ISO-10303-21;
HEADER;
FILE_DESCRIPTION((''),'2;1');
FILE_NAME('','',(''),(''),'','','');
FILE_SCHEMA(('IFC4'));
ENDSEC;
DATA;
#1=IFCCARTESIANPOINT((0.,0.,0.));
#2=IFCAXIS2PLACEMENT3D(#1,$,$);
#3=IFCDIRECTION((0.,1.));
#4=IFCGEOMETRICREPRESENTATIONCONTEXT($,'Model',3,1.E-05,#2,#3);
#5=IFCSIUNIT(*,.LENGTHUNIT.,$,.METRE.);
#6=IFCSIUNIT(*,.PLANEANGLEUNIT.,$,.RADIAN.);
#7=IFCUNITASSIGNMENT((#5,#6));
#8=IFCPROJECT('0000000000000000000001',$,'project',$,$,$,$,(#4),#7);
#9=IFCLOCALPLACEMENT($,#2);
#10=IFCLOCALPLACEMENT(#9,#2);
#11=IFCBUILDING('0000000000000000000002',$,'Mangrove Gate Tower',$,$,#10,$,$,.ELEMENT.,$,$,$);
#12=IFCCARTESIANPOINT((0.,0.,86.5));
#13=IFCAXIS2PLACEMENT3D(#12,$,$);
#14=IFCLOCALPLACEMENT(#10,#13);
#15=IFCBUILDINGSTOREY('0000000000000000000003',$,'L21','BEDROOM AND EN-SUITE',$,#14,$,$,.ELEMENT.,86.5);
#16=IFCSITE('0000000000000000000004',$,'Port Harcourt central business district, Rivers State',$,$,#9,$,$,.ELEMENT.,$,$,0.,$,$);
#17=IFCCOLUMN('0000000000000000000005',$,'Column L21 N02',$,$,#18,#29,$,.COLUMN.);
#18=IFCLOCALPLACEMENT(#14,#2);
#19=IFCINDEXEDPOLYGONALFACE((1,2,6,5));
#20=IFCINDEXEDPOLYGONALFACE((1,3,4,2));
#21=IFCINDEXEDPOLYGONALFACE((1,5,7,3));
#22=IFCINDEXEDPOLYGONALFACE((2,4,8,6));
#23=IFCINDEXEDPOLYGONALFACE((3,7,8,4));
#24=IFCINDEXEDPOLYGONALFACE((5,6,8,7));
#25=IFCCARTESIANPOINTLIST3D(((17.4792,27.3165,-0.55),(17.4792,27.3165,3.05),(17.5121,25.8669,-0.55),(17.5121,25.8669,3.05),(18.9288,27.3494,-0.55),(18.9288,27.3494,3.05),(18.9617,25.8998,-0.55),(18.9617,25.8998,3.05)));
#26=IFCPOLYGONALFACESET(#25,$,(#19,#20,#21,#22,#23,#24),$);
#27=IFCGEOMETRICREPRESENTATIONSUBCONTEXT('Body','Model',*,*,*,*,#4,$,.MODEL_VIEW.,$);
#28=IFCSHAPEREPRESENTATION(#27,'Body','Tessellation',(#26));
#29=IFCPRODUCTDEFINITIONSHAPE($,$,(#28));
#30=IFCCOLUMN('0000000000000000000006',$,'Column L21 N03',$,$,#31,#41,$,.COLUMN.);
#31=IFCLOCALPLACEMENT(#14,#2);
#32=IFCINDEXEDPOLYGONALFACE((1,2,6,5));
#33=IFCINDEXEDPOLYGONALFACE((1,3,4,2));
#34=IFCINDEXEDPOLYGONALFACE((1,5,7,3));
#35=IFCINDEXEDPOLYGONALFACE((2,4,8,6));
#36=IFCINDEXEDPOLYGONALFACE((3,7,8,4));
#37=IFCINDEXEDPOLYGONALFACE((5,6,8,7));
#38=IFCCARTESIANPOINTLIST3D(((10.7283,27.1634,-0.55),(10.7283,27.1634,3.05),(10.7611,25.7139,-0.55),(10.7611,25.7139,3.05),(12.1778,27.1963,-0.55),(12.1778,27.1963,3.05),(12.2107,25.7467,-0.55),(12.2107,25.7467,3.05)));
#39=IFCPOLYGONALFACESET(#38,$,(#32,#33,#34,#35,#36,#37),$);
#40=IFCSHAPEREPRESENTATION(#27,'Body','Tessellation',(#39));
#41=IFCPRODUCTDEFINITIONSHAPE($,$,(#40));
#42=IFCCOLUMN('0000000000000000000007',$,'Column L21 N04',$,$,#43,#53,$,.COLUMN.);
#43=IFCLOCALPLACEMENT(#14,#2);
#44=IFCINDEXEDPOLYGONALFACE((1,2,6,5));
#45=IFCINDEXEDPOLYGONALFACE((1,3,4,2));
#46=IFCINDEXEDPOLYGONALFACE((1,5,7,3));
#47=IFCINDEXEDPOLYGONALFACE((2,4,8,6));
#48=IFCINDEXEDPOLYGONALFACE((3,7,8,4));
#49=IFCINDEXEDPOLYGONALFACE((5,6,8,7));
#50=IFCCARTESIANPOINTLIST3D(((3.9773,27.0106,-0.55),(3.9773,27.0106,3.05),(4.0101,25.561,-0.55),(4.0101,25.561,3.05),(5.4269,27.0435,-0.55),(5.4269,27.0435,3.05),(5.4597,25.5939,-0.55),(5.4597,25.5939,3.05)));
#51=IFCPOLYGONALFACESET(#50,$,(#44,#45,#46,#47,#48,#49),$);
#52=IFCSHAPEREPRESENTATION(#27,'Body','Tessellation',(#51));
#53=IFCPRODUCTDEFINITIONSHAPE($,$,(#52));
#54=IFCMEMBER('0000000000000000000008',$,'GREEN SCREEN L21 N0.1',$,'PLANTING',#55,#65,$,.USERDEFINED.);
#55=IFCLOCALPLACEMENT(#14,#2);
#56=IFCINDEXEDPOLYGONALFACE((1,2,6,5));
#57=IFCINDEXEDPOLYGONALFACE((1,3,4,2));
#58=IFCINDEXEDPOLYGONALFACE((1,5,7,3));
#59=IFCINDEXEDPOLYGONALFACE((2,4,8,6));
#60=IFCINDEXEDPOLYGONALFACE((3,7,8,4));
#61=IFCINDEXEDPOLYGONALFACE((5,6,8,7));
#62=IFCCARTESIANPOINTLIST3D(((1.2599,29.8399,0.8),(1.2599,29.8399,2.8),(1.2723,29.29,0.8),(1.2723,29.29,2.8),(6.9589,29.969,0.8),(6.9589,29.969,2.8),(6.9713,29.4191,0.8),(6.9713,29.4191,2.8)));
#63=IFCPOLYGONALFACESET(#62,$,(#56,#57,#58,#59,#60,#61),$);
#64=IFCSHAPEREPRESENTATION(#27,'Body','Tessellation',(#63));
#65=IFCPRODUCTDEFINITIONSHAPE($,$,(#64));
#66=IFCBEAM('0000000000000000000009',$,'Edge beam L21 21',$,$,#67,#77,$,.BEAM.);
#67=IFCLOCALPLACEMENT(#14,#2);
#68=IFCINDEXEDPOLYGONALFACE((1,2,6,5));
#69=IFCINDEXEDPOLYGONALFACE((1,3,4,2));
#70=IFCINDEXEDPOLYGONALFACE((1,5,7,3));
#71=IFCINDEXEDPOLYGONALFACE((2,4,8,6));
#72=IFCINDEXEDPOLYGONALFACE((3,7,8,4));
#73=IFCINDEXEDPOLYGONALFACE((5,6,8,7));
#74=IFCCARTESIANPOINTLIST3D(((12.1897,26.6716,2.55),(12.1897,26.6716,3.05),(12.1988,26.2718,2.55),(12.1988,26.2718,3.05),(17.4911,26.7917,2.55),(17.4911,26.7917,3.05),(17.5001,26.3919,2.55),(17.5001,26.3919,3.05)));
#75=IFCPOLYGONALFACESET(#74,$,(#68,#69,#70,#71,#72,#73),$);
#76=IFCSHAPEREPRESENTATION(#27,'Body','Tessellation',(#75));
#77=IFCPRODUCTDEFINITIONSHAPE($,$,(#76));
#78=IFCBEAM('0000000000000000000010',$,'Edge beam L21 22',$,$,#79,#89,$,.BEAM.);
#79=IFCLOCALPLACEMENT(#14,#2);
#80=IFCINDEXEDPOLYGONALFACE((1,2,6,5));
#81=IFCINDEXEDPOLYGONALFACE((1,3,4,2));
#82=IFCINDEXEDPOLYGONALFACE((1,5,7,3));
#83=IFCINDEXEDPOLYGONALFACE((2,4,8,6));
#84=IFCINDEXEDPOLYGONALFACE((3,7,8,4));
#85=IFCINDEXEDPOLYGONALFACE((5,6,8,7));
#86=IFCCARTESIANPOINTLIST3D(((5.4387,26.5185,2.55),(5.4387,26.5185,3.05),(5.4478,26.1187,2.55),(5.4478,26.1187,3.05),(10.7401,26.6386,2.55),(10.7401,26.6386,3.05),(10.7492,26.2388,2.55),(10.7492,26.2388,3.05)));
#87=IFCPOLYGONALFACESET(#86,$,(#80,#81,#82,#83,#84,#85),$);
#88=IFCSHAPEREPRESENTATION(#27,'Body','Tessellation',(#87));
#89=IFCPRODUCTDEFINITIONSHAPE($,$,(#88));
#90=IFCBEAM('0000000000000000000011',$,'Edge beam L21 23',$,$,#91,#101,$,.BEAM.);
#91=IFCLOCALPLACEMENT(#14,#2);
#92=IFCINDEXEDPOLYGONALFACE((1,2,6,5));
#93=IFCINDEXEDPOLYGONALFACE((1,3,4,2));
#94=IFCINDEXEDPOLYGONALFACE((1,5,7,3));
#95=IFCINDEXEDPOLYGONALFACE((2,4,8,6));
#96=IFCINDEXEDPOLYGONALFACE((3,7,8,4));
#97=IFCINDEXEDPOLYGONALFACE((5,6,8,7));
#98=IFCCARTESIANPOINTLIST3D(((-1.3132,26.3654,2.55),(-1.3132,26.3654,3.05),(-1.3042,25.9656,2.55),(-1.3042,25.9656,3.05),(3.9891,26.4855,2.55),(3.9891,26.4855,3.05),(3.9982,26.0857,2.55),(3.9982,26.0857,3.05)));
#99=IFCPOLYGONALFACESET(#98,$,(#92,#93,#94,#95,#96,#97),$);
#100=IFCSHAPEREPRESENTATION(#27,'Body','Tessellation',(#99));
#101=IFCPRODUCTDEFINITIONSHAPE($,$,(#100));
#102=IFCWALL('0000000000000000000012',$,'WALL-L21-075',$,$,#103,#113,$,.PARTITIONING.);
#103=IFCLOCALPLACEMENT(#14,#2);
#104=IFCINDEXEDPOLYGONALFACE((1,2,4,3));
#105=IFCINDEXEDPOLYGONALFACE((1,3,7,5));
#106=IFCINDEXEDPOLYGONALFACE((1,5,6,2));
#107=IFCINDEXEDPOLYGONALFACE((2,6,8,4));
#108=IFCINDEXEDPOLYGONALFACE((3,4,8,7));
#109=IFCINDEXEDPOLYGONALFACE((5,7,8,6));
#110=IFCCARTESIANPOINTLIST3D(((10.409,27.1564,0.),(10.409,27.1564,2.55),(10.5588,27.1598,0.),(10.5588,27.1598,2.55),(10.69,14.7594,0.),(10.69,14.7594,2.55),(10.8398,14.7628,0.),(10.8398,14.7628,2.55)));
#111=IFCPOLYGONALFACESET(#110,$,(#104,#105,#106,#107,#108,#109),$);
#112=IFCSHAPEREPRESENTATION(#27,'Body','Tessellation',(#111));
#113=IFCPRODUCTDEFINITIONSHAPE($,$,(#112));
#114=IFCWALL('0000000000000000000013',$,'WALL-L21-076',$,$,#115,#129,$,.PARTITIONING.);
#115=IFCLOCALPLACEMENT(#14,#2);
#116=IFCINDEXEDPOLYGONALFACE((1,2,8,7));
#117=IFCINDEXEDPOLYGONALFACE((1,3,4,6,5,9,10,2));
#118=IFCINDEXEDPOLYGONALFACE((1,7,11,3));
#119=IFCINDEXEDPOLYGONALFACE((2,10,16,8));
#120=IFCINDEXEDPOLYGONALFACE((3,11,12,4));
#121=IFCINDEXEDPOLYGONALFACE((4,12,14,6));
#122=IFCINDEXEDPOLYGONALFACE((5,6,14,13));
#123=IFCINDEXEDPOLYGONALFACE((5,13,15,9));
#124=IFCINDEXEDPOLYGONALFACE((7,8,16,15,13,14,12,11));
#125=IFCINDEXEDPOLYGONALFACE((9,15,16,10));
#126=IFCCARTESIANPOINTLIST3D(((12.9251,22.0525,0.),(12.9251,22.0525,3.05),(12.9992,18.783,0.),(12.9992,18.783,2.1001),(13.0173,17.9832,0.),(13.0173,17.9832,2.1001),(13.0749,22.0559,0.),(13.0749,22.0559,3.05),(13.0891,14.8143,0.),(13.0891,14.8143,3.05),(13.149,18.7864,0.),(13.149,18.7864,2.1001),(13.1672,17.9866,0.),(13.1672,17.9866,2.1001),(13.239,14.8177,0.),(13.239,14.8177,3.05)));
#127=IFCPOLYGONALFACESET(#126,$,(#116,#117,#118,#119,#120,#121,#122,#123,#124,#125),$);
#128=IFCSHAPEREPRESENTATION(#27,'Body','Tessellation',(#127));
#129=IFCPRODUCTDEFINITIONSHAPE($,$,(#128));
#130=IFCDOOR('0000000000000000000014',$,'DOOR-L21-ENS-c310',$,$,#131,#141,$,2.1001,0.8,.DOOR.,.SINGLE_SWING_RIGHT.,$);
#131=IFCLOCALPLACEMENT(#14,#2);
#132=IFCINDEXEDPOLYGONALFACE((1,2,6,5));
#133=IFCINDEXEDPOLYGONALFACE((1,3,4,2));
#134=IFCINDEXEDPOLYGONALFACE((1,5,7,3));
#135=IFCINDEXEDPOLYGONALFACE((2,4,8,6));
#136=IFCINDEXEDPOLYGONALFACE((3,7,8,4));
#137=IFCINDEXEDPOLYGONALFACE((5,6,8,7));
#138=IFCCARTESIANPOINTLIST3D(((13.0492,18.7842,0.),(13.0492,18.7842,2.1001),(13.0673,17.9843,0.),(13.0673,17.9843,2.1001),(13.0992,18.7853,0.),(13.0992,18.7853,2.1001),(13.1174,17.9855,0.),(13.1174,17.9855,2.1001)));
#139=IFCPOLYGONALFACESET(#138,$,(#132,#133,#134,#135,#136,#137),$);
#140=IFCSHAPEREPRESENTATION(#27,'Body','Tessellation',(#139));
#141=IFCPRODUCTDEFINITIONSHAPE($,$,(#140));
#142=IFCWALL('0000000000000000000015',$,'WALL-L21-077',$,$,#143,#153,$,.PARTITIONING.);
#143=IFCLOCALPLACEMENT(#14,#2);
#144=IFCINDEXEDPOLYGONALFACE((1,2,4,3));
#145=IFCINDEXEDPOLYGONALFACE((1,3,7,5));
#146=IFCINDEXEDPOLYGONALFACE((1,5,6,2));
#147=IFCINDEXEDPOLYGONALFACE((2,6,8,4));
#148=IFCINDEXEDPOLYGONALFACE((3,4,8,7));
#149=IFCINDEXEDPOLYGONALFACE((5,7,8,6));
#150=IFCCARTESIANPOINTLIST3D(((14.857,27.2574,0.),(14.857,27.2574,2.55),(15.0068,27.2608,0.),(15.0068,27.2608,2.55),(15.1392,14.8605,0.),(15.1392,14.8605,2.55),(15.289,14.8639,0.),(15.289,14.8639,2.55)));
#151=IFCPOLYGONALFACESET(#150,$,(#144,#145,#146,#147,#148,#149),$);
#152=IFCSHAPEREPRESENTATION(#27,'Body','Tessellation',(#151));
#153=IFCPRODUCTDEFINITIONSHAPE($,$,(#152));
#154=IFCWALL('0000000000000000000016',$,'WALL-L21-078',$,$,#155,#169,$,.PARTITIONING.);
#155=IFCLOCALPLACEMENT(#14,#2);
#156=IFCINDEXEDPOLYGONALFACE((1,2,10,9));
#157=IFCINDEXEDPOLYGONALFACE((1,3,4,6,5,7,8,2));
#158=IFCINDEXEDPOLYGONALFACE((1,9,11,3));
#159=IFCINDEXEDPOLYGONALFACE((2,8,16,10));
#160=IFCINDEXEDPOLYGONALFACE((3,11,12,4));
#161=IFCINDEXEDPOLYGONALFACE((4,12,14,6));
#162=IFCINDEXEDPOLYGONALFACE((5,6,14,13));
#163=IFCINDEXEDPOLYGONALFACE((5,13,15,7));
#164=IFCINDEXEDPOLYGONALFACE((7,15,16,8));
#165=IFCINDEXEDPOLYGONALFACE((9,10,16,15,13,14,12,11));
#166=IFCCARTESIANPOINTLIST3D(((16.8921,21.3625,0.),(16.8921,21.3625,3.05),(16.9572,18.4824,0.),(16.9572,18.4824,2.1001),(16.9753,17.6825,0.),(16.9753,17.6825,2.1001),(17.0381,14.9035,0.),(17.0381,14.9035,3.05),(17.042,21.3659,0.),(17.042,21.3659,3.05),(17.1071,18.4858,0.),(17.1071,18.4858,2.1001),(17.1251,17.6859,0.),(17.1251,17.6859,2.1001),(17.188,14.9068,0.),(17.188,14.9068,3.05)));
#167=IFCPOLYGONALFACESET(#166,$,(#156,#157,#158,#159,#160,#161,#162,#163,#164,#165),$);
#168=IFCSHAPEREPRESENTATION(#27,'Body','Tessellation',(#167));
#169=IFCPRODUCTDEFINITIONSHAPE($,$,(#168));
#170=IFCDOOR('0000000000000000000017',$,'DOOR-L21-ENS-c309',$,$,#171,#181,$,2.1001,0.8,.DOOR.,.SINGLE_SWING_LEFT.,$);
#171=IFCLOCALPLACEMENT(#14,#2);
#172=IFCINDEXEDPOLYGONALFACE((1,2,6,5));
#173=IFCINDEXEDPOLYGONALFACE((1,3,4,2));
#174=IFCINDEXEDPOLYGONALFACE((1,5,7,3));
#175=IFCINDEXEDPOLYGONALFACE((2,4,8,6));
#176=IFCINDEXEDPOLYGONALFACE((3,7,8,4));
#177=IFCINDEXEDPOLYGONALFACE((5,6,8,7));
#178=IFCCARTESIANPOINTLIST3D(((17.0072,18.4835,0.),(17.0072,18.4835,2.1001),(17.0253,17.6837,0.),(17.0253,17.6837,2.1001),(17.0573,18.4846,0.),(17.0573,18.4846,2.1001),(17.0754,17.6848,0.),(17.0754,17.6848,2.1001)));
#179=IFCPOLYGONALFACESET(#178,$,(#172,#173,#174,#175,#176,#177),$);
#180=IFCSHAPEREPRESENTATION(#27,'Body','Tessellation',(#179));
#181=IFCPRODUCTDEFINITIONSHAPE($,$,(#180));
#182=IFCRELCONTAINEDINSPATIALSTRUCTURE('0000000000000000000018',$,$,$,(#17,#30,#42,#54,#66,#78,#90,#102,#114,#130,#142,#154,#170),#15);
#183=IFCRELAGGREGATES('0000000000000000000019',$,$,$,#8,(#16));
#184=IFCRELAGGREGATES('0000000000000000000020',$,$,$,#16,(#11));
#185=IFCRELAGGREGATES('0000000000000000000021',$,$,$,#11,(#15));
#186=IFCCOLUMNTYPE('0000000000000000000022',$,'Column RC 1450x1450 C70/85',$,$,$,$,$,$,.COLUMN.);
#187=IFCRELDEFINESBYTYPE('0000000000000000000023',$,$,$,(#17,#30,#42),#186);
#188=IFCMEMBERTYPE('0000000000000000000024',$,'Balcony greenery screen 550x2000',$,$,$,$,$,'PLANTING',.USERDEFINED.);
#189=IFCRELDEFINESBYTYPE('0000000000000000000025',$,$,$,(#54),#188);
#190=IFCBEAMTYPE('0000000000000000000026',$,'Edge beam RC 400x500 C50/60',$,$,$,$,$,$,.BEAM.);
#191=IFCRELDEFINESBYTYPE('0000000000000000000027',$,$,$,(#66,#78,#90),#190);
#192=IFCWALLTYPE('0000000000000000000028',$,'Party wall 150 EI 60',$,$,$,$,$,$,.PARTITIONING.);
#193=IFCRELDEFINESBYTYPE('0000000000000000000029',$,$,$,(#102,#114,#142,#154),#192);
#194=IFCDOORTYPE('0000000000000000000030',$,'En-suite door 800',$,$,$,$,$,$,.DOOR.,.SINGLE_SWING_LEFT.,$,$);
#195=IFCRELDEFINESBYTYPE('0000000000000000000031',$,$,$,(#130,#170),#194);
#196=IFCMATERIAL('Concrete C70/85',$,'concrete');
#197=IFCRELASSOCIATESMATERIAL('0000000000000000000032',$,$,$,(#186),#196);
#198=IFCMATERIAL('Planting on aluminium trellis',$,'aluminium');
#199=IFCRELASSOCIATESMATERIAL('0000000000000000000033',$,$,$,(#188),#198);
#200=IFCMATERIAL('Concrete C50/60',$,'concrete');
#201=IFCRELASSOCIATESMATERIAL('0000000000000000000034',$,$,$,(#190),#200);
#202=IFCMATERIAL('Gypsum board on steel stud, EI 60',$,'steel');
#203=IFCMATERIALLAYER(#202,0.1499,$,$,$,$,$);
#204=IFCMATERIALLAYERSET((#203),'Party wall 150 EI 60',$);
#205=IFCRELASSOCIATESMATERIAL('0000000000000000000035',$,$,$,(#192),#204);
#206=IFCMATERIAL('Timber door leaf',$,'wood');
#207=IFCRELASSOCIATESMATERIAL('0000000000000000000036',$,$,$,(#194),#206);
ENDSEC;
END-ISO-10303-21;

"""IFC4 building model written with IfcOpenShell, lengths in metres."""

from ifc_helpers import new_model, si_unit, direction, frame, frame_2d, origin, origin_2d, place, context, subcontext, project, spatial, rectangle, extrude, material, layer, layer_set, material_profile, profile_set, type_object, element, fill, save


model = new_model("IFC4")

# Units and contexts
model_context = context("Model", 3, precision=1e-05, world=origin(), true_north=direction((0.0, 1.0)))
body_context = subcontext(model_context, "Body", "Model", "MODEL_VIEW")
ifc_project = project(units=[si_unit("LENGTHUNIT", "METRE"), si_unit("PLANEANGLEUNIT", "RADIAN")], contexts=[model_context])

# Site, building, storey
site_placement = place(None, origin())
site = spatial("IfcSite", under=ifc_project, at=site_placement, Name="Port Harcourt central business district, Rivers State", CompositionType="ELEMENT", RefElevation=0.0)
building_placement = place(site_placement, origin())
building = spatial("IfcBuilding", under=site, at=building_placement, Name="Mangrove Gate Tower", CompositionType="ELEMENT")
storey_placement = place(building_placement, frame((0.0, 0.0, 86.5)))
storey = spatial("IfcBuildingStorey", under=building, at=storey_placement, Name="L21", Description="BEDROOM AND EN-SUITE", CompositionType="ELEMENT", Elevation=86.5)

# Columns
ifc_material_1 = material(Name="Concrete C70/85", Category="concrete")
ifc_material_profile_1 = material_profile(ifc_material_1, rectangle(XDim=1.45, YDim=1.45, at=origin_2d()))
ifc_profile_set_1 = profile_set([ifc_material_profile_1], Name="Concrete C70/85")
column_type = type_object("IfcColumnType", Name="Column RC 1450x1450 C70/85", PredefinedType="COLUMN", material=ifc_profile_set_1)
for number, where, z_axis, x_axis, name in (
    (1, (18.2205, 26.6082, -0.55), (0.0, 0.0, 1.0), (-0.999742, -0.02273, 0.0), "Column L21 N02"),
    (2, (11.4695, 26.4551, -0.55), (0.0, 0.0, 1.0), (-0.999743, -0.022657, 0.0), "Column L21 N03"),
    (3, (4.7185, 26.3022, -0.55), (0.0, 0.0, 1.0), (-0.999743, -0.022656, 0.0), "Column L21 N04"),
):
    element("IfcColumn", number, at=place(storey_placement, frame(where, z_axis=z_axis, x_axis=x_axis)), inside=storey, type_object=column_type, Name=name, PredefinedType="COLUMN", context=body_context, shape_type="SweptSolid", body=[
        extrude(rectangle(XDim=1.45, YDim=1.45, at=origin_2d()), origin(), (0.0, 0.0, 1.0), 3.6001),
    ])

# Member
ifc_material_2 = material(Name="Planting on aluminium trellis", Category="aluminium")
ifc_material_profile_2 = material_profile(ifc_material_2, rectangle(XDim=0.55, YDim=2.0, at=origin_2d()))
ifc_profile_set_2 = profile_set([ifc_material_profile_2], Name="Planting on aluminium trellis")
member_type = type_object("IfcMemberType", Name="Balcony greenery screen 550x2000", ElementType="PLANTING", PredefinedType="USERDEFINED", material=ifc_profile_set_2)
member_placement = place(storey_placement, frame((1.2661, 29.5649, 1.8), z_axis=(0.999743, 0.022656, 0.0), x_axis=(-0.022656, 0.999743, 0.0)))
element("IfcMember", 4, at=member_placement, inside=storey, type_object=member_type, Name="GREEN SCREEN L21 N0.1", ObjectType="PLANTING", PredefinedType="USERDEFINED", context=body_context, shape_type="SweptSolid", body=[
    extrude(rectangle(XDim=0.55, YDim=2.0, at=origin_2d()), origin(), (0.0, 0.0, 1.0), 5.7004),
])

# Beams
ifc_material_3 = material(Name="Concrete C50/60", Category="concrete")
ifc_material_profile_3 = material_profile(ifc_material_3, rectangle(XDim=0.3999, YDim=0.5, at=origin_2d()))
ifc_profile_set_3 = profile_set([ifc_material_profile_3], Name="Concrete C50/60")
beam_type = type_object("IfcBeamType", Name="Edge beam RC 400x500 C50/60", PredefinedType="BEAM", material=ifc_profile_set_3)
for number, where, z_axis, x_axis, name in (
    (5, (17.4956, 26.5918, 2.8), (-0.999743, -0.022652, 0.0), (0.022652, -0.999743, 0.0), "Edge beam L21 21"),
    (6, (10.7446, 26.4387, 2.8), (-0.999743, -0.022652, 0.0), (0.022652, -0.999743, 0.0), "Edge beam L21 22"),
):
    element("IfcBeam", number, at=place(storey_placement, frame(where, z_axis=z_axis, x_axis=x_axis)), inside=storey, type_object=beam_type, Name=name, PredefinedType="BEAM", context=body_context, shape_type="SweptSolid", body=[
        extrude(rectangle(XDim=0.3999, YDim=0.5, at=origin_2d()), origin(), (0.0, 0.0, 1.0), 5.3027),
    ])
beam_placement = place(storey_placement, frame((3.9937, 26.2856, 2.8), z_axis=(-0.999743, -0.022648, 0.0), x_axis=(0.022648, -0.999743, 0.0)))
element("IfcBeam", 7, at=beam_placement, inside=storey, type_object=beam_type, Name="Edge beam L21 23", PredefinedType="BEAM", context=body_context, shape_type="SweptSolid", body=[
    extrude(rectangle(XDim=0.3999, YDim=0.5, at=origin_2d()), origin(), (0.0, 0.0, 1.0), 5.3037),
])

# Wall
ifc_material_4 = material(Name="Gypsum board on steel stud, EI 60", Category="steel")
ifc_layer_1 = layer(ifc_material_4, 0.1499)
ifc_layer_set_1 = layer_set([ifc_layer_1], Name="Party wall 150 EI 60")
wall_type_1 = type_object("IfcWallType", Name="Party wall 150 EI 60", PredefinedType="PARTITIONING", material=ifc_layer_set_1)
wall_1_placement = place(storey_placement, frame((10.7649, 14.761, 0.0), z_axis=(0.0, 0.0, 1.0), x_axis=(-0.022661, 0.999743, 0.0)))
element("IfcWall", 8, at=wall_1_placement, inside=storey, type_object=wall_type_1, Name="WALL-L21-075", PredefinedType="PARTITIONING", context=body_context, shape_type="SweptSolid", body=[
    extrude(rectangle(XDim=12.4001, YDim=0.1499, at=frame_2d((6.2002, 0.0))), origin(), (0.0, 0.0, 1.0), 2.55),
])

# Wall, opening, door
wall_2_placement = place(storey_placement, frame((13.1641, 14.8159, 0.0), z_axis=(0.0, 0.0, 1.0), x_axis=(-0.022661, 0.999743, 0.0)))
wall_2 = element("IfcWall", 9, at=wall_2_placement, inside=storey, type_object=wall_type_1, Name="WALL-L21-076", PredefinedType="PARTITIONING", context=body_context, shape_type="SweptSolid", body=[
    extrude(rectangle(XDim=7.24, YDim=0.1499, at=frame_2d((3.6201, 0.0))), origin(), (0.0, 0.0, 1.0), 3.05),
])
opening_1_placement = place(wall_2_placement, frame((3.1699, 0.0, 0.0)))
opening_1 = element("IfcOpeningElement", 10, at=opening_1_placement, cuts=wall_2, PredefinedType="OPENING", context=body_context, shape_type="SweptSolid", body=[
    extrude(rectangle(XDim=0.8, YDim=2.1001, at=frame_2d((0.3999, 1.05))), frame((0.0, 0.085, 0.0), z_axis=(0.0, -1.0, 0.0), x_axis=(1.0, 0.0, 0.0)), (0.0, 0.0, 1.0), 0.1699),
])
ifc_material_5 = material(Name="Timber door leaf", Category="wood")
door_type = type_object("IfcDoorType", Name="En-suite door 800", OperationType="SINGLE_SWING_LEFT", PredefinedType="DOOR", material=ifc_material_5)
door_1_placement = place(opening_1_placement, origin())
door_1 = element("IfcDoor", 11, at=door_1_placement, inside=storey, type_object=door_type, Name="DOOR-L21-ENS-c310", OperationType="SINGLE_SWING_RIGHT", OverallHeight=2.1001, OverallWidth=0.8, PredefinedType="DOOR", context=body_context, shape_type="SweptSolid", body=[
    extrude(rectangle(XDim=0.8, YDim=2.1001, at=frame_2d((0.3999, 1.05))), frame((0.0, 0.0249, 0.0), z_axis=(0.0, -1.0, 0.0), x_axis=(1.0, 0.0, 0.0)), (0.0, 0.0, 1.0), 0.05),
])
fill(opening_1, door_1)

# Wall
wall_3_placement = place(storey_placement, frame((15.2141, 14.8621, 0.0), z_axis=(0.0, 0.0, 1.0), x_axis=(-0.02276, 0.999741, 0.0)))
element("IfcWall", 12, at=wall_3_placement, inside=storey, type_object=wall_type_1, Name="WALL-L21-077", PredefinedType="PARTITIONING", context=body_context, shape_type="SweptSolid", body=[
    extrude(rectangle(XDim=12.4001, YDim=0.1499, at=frame_2d((6.2002, 0.0))), origin(), (0.0, 0.0, 1.0), 2.55),
])

# Wall, opening, door
wall_4_placement = place(storey_placement, frame((17.113, 14.905, 0.0), z_axis=(0.0, 0.0, 1.0), x_axis=(-0.022598, 0.999745, 0.0)))
wall_4 = element("IfcWall", 13, at=wall_4_placement, inside=storey, type_object=wall_type_1, Name="WALL-L21-078", PredefinedType="PARTITIONING", context=body_context, shape_type="SweptSolid", body=[
    extrude(rectangle(XDim=6.4607, YDim=0.1499, at=frame_2d((3.2305, 0.0))), origin(), (0.0, 0.0, 1.0), 3.05),
])
opening_2_placement = place(wall_4_placement, frame((2.78, 0.0, 0.0)))
opening_2 = element("IfcOpeningElement", 14, at=opening_2_placement, cuts=wall_4, PredefinedType="OPENING", context=body_context, shape_type="SweptSolid", body=[
    extrude(rectangle(XDim=0.8, YDim=2.1001, at=frame_2d((0.3999, 1.05))), frame((0.0, 0.085, 0.0), z_axis=(0.0, -1.0, 0.0), x_axis=(1.0, 0.0, 0.0)), (0.0, 0.0, 1.0), 0.1699),
])
door_2_placement = place(opening_2_placement, origin())
door_2 = element("IfcDoor", 15, at=door_2_placement, inside=storey, type_object=door_type, Name="DOOR-L21-ENS-c309", OperationType="SINGLE_SWING_LEFT", OverallHeight=2.1001, OverallWidth=0.8, PredefinedType="DOOR", context=body_context, shape_type="SweptSolid", body=[
    extrude(rectangle(XDim=0.8, YDim=2.1001, at=frame_2d((0.3999, 1.05))), frame((0.0, 0.0249, 0.0), z_axis=(0.0, -1.0, 0.0), x_axis=(1.0, 0.0, 0.0)), (0.0, 0.0, 1.0), 0.05),
])
fill(opening_2, door_2)

save(model, "model.ifc")
